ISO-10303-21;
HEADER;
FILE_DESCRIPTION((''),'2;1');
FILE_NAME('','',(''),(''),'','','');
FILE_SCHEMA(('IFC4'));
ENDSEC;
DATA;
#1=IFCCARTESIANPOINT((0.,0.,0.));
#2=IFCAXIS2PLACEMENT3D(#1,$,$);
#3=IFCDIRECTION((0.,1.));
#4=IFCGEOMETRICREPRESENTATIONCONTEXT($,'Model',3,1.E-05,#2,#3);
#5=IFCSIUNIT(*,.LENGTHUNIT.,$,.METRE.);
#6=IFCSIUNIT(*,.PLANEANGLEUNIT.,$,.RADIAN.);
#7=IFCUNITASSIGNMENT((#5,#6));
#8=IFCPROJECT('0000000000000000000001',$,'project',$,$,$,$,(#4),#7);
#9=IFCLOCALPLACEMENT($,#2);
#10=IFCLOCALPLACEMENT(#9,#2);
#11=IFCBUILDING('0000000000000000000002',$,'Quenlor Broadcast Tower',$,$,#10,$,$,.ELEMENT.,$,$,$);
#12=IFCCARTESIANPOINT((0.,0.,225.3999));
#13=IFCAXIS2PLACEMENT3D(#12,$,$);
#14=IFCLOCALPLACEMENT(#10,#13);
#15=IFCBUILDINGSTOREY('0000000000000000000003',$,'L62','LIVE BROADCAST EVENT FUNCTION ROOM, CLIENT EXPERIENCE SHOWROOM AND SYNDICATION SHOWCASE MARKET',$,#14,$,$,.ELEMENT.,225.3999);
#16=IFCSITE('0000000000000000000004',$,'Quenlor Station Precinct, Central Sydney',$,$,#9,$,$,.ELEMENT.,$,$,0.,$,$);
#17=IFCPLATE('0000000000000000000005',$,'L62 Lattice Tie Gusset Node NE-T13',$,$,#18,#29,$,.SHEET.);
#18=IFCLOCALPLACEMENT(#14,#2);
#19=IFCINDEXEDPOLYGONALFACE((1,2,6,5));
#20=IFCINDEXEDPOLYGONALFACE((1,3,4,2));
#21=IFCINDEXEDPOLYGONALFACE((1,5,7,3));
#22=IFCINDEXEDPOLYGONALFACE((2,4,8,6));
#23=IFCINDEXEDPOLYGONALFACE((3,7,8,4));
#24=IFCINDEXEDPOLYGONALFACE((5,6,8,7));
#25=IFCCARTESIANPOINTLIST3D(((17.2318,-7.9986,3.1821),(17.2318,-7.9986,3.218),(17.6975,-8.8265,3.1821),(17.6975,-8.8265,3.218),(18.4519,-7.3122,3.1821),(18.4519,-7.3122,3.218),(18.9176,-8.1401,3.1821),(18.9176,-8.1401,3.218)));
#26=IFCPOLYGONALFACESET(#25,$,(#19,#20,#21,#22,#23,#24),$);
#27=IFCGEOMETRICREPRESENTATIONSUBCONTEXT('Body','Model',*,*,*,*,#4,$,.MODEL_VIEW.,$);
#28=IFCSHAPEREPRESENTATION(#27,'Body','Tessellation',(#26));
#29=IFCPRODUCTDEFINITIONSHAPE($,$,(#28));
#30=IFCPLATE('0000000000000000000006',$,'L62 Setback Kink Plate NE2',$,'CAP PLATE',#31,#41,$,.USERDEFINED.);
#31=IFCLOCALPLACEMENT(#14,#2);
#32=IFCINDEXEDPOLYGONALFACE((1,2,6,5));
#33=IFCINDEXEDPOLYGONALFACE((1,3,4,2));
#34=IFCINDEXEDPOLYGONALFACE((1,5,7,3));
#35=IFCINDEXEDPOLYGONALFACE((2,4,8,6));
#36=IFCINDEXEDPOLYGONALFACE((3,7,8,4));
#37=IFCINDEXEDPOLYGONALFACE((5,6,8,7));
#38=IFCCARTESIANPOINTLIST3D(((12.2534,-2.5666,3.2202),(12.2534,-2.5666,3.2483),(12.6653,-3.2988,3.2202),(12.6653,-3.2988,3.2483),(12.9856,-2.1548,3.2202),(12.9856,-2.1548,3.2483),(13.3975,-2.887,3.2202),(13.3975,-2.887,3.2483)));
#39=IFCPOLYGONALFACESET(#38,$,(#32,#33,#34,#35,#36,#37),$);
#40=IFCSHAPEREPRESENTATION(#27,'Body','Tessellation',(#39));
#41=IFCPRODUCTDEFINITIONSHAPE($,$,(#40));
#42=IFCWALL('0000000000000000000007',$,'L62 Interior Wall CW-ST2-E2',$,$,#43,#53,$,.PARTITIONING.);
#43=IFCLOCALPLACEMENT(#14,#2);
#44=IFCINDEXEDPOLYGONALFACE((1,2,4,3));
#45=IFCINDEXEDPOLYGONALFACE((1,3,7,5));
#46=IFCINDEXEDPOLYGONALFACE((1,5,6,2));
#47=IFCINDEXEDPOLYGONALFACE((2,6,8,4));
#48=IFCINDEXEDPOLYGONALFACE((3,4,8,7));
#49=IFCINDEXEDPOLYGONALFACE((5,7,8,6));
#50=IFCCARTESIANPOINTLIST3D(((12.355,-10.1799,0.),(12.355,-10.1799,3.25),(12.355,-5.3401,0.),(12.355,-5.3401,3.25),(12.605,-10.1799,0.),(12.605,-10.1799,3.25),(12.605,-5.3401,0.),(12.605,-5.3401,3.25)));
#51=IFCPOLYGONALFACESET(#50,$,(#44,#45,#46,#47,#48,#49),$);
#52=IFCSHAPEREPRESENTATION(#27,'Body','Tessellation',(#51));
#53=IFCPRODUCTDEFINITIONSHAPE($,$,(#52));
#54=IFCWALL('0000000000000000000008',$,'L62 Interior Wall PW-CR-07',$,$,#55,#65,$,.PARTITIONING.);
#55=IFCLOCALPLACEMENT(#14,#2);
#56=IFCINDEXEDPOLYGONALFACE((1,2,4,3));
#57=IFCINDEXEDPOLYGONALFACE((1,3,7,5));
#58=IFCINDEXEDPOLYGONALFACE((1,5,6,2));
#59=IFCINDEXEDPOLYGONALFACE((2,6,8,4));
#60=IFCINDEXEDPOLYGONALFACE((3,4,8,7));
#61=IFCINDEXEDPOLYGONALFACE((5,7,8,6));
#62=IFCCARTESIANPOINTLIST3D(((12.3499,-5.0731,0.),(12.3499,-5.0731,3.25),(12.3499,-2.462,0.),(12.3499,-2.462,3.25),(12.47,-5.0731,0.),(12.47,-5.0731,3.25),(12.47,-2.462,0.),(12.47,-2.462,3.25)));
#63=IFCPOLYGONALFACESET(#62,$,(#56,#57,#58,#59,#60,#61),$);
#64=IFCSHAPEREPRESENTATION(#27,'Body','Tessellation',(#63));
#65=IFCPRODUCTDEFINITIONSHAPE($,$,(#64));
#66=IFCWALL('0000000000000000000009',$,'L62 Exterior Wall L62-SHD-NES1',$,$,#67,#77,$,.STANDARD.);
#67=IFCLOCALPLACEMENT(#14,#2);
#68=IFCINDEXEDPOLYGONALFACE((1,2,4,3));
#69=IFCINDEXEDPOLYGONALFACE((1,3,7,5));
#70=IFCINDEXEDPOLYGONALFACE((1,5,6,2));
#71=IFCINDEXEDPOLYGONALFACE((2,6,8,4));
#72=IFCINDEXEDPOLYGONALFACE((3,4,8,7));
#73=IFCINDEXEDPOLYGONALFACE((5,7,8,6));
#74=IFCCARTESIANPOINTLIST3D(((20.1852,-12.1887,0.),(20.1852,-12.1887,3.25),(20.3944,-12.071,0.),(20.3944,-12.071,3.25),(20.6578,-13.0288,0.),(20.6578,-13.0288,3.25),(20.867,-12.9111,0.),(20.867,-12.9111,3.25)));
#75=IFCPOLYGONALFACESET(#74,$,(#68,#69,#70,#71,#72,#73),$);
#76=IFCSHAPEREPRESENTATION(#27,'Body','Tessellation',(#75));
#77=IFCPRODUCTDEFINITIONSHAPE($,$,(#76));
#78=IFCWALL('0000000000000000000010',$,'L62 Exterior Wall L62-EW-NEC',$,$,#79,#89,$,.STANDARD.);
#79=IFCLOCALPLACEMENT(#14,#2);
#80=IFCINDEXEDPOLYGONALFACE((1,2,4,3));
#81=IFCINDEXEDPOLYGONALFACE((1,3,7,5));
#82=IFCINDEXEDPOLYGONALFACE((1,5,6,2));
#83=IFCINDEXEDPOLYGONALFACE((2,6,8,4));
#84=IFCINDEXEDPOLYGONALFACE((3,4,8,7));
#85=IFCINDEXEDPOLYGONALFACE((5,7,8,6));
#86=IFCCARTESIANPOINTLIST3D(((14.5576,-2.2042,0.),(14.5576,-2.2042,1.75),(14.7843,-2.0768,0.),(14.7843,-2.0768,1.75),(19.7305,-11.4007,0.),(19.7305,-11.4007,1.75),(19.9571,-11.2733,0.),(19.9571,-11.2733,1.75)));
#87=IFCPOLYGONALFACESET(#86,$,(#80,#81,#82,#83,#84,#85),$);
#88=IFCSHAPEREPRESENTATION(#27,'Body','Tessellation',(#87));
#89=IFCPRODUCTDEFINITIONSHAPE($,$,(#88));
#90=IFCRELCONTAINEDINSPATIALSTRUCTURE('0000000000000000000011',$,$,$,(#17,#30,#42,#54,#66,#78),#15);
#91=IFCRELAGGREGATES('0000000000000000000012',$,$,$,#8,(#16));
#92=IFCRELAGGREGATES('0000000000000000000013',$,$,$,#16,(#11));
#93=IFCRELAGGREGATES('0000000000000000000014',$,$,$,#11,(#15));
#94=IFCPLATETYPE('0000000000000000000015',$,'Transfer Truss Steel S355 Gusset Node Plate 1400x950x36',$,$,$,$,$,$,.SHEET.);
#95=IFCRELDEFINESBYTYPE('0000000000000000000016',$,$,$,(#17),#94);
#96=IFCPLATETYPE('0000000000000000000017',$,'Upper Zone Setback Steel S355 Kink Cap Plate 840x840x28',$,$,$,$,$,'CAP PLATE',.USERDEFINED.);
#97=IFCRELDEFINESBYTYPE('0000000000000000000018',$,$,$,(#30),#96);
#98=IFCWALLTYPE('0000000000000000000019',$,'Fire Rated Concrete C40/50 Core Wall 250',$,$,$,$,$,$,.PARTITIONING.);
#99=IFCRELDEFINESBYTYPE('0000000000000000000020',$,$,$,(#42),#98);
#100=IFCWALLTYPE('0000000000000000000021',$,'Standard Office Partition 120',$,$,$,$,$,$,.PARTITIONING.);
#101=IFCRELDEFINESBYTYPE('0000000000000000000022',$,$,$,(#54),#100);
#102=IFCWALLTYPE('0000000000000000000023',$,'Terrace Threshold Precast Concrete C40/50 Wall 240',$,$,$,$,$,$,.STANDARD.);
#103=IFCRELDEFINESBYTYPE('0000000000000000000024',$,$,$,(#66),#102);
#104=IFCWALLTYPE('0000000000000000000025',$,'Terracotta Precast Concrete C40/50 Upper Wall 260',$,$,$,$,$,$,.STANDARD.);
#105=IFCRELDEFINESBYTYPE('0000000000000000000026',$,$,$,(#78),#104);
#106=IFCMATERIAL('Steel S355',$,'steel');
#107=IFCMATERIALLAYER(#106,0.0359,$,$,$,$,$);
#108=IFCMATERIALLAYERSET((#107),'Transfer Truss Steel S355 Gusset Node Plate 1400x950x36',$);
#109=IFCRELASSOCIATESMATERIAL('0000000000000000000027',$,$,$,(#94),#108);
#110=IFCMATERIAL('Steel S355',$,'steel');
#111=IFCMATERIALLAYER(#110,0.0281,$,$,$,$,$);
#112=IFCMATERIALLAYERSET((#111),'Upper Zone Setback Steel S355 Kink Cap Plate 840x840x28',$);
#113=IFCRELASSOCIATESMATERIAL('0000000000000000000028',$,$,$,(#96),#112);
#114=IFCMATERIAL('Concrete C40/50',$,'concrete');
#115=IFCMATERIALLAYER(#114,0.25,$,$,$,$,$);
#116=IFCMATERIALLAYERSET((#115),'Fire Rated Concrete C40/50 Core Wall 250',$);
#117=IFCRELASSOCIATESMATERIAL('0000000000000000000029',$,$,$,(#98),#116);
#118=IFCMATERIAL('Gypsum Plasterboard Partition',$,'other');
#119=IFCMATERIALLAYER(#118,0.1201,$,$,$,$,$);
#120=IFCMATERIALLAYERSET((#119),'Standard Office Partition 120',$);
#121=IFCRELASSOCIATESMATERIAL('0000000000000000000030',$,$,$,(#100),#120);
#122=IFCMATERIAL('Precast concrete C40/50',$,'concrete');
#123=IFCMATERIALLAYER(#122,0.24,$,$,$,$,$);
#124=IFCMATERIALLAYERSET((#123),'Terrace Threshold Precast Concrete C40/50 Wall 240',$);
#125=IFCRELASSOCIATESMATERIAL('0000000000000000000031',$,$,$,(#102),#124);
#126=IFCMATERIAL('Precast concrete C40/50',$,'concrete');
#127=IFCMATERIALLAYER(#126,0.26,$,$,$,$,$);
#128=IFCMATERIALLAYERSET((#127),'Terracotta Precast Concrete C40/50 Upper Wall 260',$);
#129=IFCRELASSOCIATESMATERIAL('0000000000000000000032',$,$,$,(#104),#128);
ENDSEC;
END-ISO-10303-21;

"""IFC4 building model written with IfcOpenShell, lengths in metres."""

from ifc_helpers import new_model, si_unit, direction, frame, frame_2d, origin, origin_2d, place, context, subcontext, project, spatial, rectangle, extrude, material, layer, layer_set, type_object, element, save


model = new_model("IFC4")

# Units and contexts
model_context = context("Model", 3, precision=1e-05, world=origin(), true_north=direction((0.0, 1.0)))
body_context = subcontext(model_context, "Body", "Model", "MODEL_VIEW")
ifc_project = project(units=[si_unit("LENGTHUNIT", "METRE"), si_unit("PLANEANGLEUNIT", "RADIAN")], contexts=[model_context])

# Site, building, storey
site_placement = place(None, origin())
site = spatial("IfcSite", under=ifc_project, at=site_placement, Name="Quenlor Station Precinct, Central Sydney", CompositionType="ELEMENT", RefElevation=0.0)
building_placement = place(site_placement, origin())
building = spatial("IfcBuilding", under=site, at=building_placement, Name="Quenlor Broadcast Tower", CompositionType="ELEMENT")
storey_placement = place(building_placement, frame((0.0, 0.0, 225.3999)))
storey = spatial("IfcBuildingStorey", under=building, at=storey_placement, Name="L62", Description="LIVE BROADCAST EVENT FUNCTION ROOM, CLIENT EXPERIENCE SHOWROOM AND SYNDICATION SHOWCASE MARKET", CompositionType="ELEMENT", Elevation=225.3999)

# Plates
ifc_material_1 = material(Name="Steel S355", Category="steel")
ifc_layer_1 = layer(ifc_material_1, 0.0359)
ifc_layer_set_1 = layer_set([ifc_layer_1], Name="Transfer Truss Steel S355 Gusset Node Plate 1400x950x36")
plate_type_1 = type_object("IfcPlateType", Name="Transfer Truss Steel S355 Gusset Node Plate 1400x950x36", PredefinedType="SHEET", material=ifc_layer_set_1)
for number, where, z_axis, x_axis, name in (
    (1, (18.0747, -8.0693, 3.1821), (0.0, 0.0, 1.0), (0.871556, 0.490295, 0.0), "L62 Lattice Tie Gusset Node NE-T13"),
):
    element("IfcPlate", number, at=place(storey_placement, frame(where, z_axis=z_axis, x_axis=x_axis)), inside=storey, type_object=plate_type_1, Name=name, PredefinedType="SHEET", context=body_context, shape_type="SweptSolid", body=[
        extrude(rectangle(XDim=1.3999, YDim=0.95, at=origin_2d()), origin(), (0.0, 0.0, 1.0), 0.0359),
    ])
ifc_material_2 = material(Name="Steel S355", Category="steel")
ifc_layer_2 = layer(ifc_material_2, 0.0281)
ifc_layer_set_2 = layer_set([ifc_layer_2], Name="Upper Zone Setback Steel S355 Kink Cap Plate 840x840x28")
plate_type_2 = type_object("IfcPlateType", Name="Upper Zone Setback Steel S355 Kink Cap Plate 840x840x28", ElementType="CAP PLATE", PredefinedType="USERDEFINED", material=ifc_layer_set_2)
plate_placement = place(storey_placement, frame((12.8254, -2.7268, 3.2202), z_axis=(0.0, 0.0, 1.0), x_axis=(0.871575, 0.490262, 0.0)))
element("IfcPlate", 2, at=plate_placement, inside=storey, type_object=plate_type_2, Name="L62 Setback Kink Plate NE2", ObjectType="CAP PLATE", PredefinedType="USERDEFINED", context=body_context, shape_type="SweptSolid", body=[
    extrude(rectangle(XDim=0.8401, YDim=0.8401, at=origin_2d()), origin(), (0.0, 0.0, 1.0), 0.0281),
])

# Walls
ifc_material_3 = material(Name="Concrete C40/50", Category="concrete")
ifc_layer_3 = layer(ifc_material_3, 0.25)
ifc_layer_set_3 = layer_set([ifc_layer_3], Name="Fire Rated Concrete C40/50 Core Wall 250")
wall_type_1 = type_object("IfcWallType", Name="Fire Rated Concrete C40/50 Core Wall 250", PredefinedType="PARTITIONING", material=ifc_layer_set_3)
wall_1_placement = place(storey_placement, frame((12.48, -10.1799, 0.0), z_axis=(0.0, 0.0, 1.0), x_axis=(0.0, 1.0, 0.0)))
element("IfcWall", 3, at=wall_1_placement, inside=storey, type_object=wall_type_1, Name="L62 Interior Wall CW-ST2-E2", PredefinedType="PARTITIONING", context=body_context, shape_type="SweptSolid", body=[
    extrude(rectangle(XDim=4.8398, YDim=0.25, at=frame_2d((2.4199, 0.0))), origin(), (0.0, 0.0, 1.0), 3.25),
])
ifc_material_4 = material(Name="Gypsum Plasterboard Partition", Category="other")
ifc_layer_4 = layer(ifc_material_4, 0.1201)
ifc_layer_set_4 = layer_set([ifc_layer_4], Name="Standard Office Partition 120")
wall_type_2 = type_object("IfcWallType", Name="Standard Office Partition 120", PredefinedType="PARTITIONING", material=ifc_layer_set_4)
wall_2_placement = place(storey_placement, frame((12.4099, -2.4619, 0.0), z_axis=(0.0, 0.0, 1.0), x_axis=(0.0, -1.0, 0.0)))
element("IfcWall", 4, at=wall_2_placement, inside=storey, type_object=wall_type_2, Name="L62 Interior Wall PW-CR-07", PredefinedType="PARTITIONING", context=body_context, shape_type="SweptSolid", body=[
    extrude(rectangle(XDim=2.6111, YDim=0.1201, at=frame_2d((1.3057, 0.0))), origin(), (0.0, 0.0, 1.0), 3.25),
])
ifc_material_5 = material(Name="Precast concrete C40/50", Category="concrete")
ifc_layer_5 = layer(ifc_material_5, 0.24)
ifc_layer_set_5 = layer_set([ifc_layer_5], Name="Terrace Threshold Precast Concrete C40/50 Wall 240")
wall_type_3 = type_object("IfcWallType", Name="Terrace Threshold Precast Concrete C40/50 Wall 240", PredefinedType="STANDARD", material=ifc_layer_set_5)
wall_3_placement = place(storey_placement, frame((20.2898, -12.1299, 0.0), z_axis=(0.0, 0.0, 1.0), x_axis=(0.490345, -0.871528, 0.0)))
element("IfcWall", 5, at=wall_3_placement, inside=storey, type_object=wall_type_3, Name="L62 Exterior Wall L62-SHD-NES1", PredefinedType="STANDARD", context=body_context, shape_type="SweptSolid", body=[
    extrude(rectangle(XDim=0.9639, YDim=0.24, at=frame_2d((0.4819, 0.0))), origin(), (0.0, 0.0, 1.0), 3.25),
])
ifc_material_6 = material(Name="Precast concrete C40/50", Category="concrete")
ifc_layer_6 = layer(ifc_material_6, 0.26)
ifc_layer_set_6 = layer_set([ifc_layer_6], Name="Terracotta Precast Concrete C40/50 Upper Wall 260")
wall_type_4 = type_object("IfcWallType", Name="Terracotta Precast Concrete C40/50 Upper Wall 260", PredefinedType="STANDARD", material=ifc_layer_set_6)
wall_4_placement = place(storey_placement, frame((14.6709, -2.1404, 0.0), z_axis=(0.0, 0.0, 1.0), x_axis=(0.490247, -0.871584, 0.0)))
element("IfcWall", 6, at=wall_4_placement, inside=storey, type_object=wall_type_4, Name="L62 Exterior Wall L62-EW-NEC", PredefinedType="STANDARD", context=body_context, shape_type="SweptSolid", body=[
    extrude(rectangle(XDim=10.5515, YDim=0.26, at=frame_2d((5.2759, 0.0))), origin(), (0.0, 0.0, 1.0), 1.75),
])

save(model, "model.ifc")
